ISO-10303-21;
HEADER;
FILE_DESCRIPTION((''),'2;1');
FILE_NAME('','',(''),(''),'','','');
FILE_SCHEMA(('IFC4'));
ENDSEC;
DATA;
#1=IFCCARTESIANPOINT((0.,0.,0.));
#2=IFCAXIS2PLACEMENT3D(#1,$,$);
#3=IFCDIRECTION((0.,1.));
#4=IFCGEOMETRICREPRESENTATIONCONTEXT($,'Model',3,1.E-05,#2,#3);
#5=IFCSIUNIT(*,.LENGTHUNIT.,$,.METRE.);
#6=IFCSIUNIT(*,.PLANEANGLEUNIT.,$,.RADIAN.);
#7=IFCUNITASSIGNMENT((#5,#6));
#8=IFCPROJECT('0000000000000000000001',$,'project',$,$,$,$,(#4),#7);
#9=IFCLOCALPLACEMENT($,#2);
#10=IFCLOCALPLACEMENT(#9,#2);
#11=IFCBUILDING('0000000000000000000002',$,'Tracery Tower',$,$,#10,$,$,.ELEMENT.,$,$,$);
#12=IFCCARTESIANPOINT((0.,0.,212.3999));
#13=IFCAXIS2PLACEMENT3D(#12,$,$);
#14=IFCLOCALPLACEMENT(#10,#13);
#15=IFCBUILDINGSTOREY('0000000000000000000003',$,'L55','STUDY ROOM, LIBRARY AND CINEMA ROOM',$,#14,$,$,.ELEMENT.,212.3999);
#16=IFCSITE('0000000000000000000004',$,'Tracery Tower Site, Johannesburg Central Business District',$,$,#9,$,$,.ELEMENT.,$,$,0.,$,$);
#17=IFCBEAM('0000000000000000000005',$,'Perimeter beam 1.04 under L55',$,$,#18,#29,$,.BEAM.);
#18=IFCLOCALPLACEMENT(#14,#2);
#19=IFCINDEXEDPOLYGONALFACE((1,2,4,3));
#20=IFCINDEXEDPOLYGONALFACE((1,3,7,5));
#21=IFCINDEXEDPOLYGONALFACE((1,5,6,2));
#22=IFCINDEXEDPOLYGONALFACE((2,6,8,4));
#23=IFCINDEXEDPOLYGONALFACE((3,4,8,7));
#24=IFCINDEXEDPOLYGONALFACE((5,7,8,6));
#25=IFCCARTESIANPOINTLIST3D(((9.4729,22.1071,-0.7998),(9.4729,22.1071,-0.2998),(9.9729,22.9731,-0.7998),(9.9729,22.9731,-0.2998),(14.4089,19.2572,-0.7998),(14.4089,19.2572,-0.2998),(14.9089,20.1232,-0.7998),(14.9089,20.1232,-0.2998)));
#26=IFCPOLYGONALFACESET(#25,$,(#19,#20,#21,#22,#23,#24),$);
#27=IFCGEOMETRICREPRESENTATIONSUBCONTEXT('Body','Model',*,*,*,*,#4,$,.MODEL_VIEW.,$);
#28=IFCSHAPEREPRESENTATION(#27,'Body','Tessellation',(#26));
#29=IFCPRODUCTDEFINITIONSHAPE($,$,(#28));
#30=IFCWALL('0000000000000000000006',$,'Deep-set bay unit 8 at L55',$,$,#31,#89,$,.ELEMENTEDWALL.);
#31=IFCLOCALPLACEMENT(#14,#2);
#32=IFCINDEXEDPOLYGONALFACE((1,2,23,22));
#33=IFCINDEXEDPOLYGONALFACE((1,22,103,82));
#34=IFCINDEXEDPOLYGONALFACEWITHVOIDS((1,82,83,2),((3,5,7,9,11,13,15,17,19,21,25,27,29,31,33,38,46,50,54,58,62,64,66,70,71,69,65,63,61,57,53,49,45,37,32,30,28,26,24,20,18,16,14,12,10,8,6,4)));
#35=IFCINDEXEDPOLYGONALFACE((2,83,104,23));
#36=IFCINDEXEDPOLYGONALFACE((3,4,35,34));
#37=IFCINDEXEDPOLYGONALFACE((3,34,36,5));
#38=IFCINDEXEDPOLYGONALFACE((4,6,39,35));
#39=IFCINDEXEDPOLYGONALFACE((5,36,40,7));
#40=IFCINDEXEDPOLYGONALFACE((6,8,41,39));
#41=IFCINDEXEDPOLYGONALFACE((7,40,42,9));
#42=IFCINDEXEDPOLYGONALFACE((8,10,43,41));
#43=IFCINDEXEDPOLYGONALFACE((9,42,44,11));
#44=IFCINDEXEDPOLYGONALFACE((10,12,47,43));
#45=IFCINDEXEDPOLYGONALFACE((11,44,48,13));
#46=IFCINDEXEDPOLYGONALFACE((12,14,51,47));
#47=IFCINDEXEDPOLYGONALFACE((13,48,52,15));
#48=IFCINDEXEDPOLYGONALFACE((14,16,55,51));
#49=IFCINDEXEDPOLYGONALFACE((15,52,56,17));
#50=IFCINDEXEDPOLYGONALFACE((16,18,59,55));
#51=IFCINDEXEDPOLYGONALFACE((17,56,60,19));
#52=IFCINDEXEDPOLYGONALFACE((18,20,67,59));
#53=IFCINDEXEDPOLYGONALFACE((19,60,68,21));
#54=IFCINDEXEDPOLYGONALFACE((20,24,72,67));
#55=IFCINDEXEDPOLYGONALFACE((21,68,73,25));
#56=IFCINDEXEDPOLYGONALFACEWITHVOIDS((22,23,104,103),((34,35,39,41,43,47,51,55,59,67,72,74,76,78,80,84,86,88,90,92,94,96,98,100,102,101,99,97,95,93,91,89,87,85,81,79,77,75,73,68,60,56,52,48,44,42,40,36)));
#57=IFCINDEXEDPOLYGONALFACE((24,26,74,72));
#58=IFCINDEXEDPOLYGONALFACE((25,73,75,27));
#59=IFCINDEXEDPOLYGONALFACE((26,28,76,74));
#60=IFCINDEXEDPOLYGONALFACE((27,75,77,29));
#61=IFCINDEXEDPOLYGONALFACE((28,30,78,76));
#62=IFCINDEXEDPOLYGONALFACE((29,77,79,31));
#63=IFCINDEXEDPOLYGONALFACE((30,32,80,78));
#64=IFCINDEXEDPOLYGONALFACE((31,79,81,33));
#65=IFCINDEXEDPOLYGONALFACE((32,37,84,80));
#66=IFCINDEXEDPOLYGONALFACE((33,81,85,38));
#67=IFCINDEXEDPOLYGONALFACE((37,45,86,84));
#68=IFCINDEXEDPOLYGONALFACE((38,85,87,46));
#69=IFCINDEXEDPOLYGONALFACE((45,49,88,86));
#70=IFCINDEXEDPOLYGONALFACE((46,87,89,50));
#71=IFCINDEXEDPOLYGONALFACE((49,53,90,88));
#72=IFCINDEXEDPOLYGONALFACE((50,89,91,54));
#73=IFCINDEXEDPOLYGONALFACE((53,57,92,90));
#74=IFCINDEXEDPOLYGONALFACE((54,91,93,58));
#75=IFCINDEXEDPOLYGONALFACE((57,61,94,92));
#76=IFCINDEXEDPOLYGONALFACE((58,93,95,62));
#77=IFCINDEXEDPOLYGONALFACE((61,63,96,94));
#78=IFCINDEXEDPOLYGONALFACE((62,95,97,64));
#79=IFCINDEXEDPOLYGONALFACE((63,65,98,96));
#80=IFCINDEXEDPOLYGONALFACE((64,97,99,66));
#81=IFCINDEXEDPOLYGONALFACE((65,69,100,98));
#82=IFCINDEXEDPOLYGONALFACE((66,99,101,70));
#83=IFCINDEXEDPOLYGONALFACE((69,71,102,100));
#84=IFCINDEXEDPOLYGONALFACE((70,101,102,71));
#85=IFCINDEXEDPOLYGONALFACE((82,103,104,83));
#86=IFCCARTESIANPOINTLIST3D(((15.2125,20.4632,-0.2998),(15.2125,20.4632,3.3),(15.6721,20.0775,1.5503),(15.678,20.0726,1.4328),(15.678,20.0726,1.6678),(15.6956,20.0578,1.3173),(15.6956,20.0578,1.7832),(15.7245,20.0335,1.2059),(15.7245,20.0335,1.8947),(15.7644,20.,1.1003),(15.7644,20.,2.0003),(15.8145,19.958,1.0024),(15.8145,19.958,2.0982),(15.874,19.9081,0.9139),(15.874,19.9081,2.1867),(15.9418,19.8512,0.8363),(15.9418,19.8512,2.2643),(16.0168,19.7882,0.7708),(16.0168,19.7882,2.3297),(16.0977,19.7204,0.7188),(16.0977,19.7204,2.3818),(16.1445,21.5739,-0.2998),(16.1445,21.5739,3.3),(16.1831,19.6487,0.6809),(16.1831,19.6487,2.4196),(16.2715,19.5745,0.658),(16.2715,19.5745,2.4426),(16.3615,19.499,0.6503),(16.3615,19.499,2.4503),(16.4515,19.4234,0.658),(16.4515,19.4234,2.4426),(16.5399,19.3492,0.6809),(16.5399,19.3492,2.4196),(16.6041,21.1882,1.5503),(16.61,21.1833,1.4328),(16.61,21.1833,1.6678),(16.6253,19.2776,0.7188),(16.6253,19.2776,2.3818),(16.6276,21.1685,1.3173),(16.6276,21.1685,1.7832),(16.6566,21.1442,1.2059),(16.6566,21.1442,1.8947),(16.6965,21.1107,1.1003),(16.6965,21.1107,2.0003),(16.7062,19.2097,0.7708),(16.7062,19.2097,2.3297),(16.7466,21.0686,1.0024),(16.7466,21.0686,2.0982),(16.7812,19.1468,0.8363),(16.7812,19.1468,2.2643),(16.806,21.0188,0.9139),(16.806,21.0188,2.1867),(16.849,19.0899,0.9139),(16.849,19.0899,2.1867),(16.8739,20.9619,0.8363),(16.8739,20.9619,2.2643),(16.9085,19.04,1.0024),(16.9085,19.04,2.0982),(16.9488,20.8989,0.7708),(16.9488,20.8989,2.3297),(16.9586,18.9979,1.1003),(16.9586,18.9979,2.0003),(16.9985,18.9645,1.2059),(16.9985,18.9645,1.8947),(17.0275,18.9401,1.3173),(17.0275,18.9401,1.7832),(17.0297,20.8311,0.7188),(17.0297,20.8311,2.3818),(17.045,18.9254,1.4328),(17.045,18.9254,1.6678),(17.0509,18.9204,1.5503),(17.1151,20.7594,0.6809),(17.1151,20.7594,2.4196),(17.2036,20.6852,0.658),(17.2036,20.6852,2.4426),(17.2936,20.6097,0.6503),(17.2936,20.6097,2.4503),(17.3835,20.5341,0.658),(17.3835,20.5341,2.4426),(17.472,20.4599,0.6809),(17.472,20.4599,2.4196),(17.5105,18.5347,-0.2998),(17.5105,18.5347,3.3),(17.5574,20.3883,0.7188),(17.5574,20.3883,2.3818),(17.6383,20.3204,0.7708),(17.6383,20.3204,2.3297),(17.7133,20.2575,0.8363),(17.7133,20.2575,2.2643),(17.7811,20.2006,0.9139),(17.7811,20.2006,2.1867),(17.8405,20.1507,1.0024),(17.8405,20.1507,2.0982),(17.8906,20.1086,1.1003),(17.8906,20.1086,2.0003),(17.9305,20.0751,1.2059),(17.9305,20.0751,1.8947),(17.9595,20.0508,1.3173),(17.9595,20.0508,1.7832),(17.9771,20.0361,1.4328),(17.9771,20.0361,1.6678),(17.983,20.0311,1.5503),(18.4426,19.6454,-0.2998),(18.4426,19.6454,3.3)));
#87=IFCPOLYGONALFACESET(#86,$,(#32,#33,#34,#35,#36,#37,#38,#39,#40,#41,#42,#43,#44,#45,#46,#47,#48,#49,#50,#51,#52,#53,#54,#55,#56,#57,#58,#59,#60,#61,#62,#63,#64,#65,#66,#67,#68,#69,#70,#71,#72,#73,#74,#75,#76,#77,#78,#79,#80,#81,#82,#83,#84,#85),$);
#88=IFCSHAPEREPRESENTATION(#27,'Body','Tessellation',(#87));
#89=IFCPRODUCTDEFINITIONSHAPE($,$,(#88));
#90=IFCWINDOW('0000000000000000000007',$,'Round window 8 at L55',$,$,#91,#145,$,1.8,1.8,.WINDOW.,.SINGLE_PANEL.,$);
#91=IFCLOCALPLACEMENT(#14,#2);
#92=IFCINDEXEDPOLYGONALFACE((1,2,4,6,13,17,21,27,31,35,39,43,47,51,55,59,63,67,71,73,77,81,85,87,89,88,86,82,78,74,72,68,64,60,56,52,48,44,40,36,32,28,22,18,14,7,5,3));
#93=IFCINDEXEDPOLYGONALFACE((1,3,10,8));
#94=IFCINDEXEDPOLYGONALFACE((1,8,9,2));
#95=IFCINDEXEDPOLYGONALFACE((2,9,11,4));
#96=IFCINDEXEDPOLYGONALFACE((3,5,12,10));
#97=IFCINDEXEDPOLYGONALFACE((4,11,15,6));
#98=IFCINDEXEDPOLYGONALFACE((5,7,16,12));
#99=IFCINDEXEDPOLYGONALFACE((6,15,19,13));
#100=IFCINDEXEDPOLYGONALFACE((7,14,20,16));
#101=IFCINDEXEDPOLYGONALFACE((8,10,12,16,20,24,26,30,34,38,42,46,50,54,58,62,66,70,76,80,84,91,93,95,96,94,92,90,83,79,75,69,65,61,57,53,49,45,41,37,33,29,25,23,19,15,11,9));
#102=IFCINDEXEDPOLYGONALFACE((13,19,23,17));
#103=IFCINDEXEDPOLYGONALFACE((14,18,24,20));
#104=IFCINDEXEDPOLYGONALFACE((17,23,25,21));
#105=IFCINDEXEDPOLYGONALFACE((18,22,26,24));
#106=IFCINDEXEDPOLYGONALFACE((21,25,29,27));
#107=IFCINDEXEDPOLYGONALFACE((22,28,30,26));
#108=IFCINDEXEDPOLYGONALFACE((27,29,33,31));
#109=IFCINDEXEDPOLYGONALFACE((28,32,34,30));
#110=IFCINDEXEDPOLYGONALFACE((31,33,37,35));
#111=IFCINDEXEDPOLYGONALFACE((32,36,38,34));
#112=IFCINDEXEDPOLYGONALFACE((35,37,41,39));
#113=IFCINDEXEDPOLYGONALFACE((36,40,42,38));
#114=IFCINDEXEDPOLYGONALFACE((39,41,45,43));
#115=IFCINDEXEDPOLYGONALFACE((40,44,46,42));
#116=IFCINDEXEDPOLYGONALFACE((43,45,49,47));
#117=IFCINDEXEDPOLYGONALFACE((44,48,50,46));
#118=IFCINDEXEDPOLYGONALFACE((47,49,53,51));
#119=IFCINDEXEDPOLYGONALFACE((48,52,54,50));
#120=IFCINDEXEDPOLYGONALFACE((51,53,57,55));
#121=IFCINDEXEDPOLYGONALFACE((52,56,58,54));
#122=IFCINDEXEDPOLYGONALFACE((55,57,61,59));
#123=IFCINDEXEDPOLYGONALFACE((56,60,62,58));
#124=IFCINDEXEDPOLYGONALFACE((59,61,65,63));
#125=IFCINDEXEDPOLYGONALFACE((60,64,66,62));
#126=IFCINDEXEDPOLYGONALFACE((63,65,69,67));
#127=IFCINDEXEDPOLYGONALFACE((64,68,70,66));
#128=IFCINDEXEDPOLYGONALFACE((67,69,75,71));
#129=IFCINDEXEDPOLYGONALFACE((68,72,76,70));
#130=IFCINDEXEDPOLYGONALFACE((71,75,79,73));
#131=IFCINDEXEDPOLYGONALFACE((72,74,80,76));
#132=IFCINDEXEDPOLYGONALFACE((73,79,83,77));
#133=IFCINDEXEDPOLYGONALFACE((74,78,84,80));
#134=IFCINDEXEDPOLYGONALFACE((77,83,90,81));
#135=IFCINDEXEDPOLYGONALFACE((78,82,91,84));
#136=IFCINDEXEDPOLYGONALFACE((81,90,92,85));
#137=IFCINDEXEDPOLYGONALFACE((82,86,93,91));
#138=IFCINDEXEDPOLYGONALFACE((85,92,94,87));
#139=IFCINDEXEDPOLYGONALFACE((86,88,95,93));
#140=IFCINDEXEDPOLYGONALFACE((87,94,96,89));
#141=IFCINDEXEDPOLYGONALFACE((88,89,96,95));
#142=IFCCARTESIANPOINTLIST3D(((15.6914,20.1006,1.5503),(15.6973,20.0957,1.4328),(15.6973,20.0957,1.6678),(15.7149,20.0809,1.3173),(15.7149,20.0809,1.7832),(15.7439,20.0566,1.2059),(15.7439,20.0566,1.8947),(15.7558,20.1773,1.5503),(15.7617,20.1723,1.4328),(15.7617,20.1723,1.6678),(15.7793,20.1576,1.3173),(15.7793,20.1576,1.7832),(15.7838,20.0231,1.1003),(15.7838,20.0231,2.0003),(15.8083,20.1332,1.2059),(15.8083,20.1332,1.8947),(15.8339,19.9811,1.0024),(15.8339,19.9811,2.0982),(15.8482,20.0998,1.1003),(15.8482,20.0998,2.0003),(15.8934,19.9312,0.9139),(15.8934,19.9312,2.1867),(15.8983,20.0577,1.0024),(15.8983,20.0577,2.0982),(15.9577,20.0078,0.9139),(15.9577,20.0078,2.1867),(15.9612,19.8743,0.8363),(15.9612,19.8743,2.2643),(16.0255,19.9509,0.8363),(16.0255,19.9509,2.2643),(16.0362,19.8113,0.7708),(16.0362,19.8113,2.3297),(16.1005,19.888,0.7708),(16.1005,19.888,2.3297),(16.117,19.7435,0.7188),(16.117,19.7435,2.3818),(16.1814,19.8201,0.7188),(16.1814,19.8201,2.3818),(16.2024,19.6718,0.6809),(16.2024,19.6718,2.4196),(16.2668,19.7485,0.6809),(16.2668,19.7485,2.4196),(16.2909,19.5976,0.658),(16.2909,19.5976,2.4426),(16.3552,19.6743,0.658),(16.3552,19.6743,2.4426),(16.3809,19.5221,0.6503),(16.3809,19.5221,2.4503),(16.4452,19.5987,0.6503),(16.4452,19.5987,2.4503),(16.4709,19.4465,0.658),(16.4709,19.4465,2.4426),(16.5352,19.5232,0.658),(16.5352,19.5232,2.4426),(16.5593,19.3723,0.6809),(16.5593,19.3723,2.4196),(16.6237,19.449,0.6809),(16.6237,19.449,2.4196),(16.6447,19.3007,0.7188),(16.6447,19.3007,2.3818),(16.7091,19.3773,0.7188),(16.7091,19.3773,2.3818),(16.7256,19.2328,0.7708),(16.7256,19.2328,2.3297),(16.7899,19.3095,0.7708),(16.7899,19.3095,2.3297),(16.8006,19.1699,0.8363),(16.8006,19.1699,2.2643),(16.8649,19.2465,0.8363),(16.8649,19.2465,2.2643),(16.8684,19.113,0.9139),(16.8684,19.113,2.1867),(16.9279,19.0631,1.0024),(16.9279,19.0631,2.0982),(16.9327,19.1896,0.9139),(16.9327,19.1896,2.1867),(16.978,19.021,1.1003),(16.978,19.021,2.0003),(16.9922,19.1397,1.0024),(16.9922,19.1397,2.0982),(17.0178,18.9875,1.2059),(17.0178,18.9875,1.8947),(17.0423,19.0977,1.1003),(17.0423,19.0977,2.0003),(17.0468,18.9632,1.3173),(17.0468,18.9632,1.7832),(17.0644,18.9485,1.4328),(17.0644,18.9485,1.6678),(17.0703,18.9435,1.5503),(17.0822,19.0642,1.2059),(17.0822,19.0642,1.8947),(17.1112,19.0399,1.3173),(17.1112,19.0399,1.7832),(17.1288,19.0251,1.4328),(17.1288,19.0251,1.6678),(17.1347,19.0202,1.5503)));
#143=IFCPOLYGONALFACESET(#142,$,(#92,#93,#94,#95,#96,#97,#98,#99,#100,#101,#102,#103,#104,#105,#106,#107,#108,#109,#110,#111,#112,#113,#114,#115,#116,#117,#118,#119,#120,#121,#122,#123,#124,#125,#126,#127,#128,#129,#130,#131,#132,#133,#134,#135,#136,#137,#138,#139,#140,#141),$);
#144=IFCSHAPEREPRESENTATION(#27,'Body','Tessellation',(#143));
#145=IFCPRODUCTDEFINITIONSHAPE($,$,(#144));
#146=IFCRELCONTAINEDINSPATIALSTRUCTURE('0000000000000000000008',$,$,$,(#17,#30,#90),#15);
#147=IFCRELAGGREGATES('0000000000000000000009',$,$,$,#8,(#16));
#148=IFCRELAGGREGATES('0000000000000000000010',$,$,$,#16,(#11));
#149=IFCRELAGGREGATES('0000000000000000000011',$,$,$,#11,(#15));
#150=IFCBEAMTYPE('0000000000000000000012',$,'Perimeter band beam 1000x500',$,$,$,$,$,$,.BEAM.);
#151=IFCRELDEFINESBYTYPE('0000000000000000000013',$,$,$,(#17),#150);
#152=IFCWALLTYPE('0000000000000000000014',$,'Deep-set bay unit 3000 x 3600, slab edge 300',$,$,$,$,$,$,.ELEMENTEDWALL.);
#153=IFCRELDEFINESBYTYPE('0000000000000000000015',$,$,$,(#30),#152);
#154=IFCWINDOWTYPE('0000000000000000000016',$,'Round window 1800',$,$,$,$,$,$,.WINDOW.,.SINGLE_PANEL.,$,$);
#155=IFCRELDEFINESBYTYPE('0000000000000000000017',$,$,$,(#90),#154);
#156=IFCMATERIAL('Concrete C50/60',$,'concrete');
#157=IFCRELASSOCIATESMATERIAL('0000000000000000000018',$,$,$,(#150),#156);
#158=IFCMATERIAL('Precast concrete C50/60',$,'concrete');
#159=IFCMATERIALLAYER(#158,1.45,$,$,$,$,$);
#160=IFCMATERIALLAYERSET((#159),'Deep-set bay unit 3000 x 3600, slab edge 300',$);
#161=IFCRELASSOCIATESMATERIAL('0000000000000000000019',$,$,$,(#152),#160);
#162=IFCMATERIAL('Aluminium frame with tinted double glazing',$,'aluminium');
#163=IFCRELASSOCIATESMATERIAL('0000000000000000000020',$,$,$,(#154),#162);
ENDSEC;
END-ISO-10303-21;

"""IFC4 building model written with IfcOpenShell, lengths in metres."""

from ifc_helpers import new_model, si_unit, direction, frame, frame_2d, origin, origin_2d, place, context, subcontext, project, spatial, rectangle, circle, extrude, material, layer, layer_set, material_profile, profile_set, type_object, element, fill, save


model = new_model("IFC4")

# Units and contexts
model_context = context("Model", 3, precision=1e-05, world=origin(), true_north=direction((0.0, 1.0)))
body_context = subcontext(model_context, "Body", "Model", "MODEL_VIEW")
ifc_project = project(units=[si_unit("LENGTHUNIT", "METRE"), si_unit("PLANEANGLEUNIT", "RADIAN")], contexts=[model_context])

# Site, building, storey
site_placement = place(None, origin())
site = spatial("IfcSite", under=ifc_project, at=site_placement, Name="Tracery Tower Site, Johannesburg Central Business District", CompositionType="ELEMENT", RefElevation=0.0)
building_placement = place(site_placement, origin())
building = spatial("IfcBuilding", under=site, at=building_placement, Name="Tracery Tower", CompositionType="ELEMENT")
storey_placement = place(building_placement, frame((0.0, 0.0, 212.3999)))
storey = spatial("IfcBuildingStorey", under=building, at=storey_placement, Name="L55", Description="STUDY ROOM, LIBRARY AND CINEMA ROOM", CompositionType="ELEMENT", Elevation=212.3999)

# Beam
ifc_material_1 = material(Name="Concrete C50/60", Category="concrete")
ifc_material_profile_1 = material_profile(ifc_material_1, rectangle(XDim=1.0, YDim=0.5, at=origin_2d()), Name="RC 1000x500")
ifc_profile_set_1 = profile_set([ifc_material_profile_1], Name="Concrete C50/60")
beam_type_1 = type_object("IfcBeamType", Name="Perimeter band beam 1000x500", PredefinedType="BEAM", material=ifc_profile_set_1)
beam_1_placement = place(storey_placement, frame((14.6589, 19.6902, -0.5498), z_axis=(-0.866023, 0.500004, 0.0), x_axis=(-0.500004, -0.866023, 0.0)))
element("IfcBeam", 1, at=beam_1_placement, inside=storey, type_object=beam_type_1, Name="Perimeter beam 1.04 under L55", PredefinedType="BEAM", context=body_context, shape_type="SweptSolid", body=[
    extrude(rectangle(XDim=1.0, YDim=0.5, at=origin_2d()), origin(), (0.0, 0.0, 1.0), 5.6997),
])

# Wall, opening, window
ifc_material_2 = material(Name="Precast concrete C50/60", Category="concrete")
ifc_layer_1 = layer(ifc_material_2, 1.45)
ifc_layer_set_1 = layer_set([ifc_layer_1], Name="Deep-set bay unit 3000 x 3600, slab edge 300")
wall_type_1 = type_object("IfcWallType", Name="Deep-set bay unit 3000 x 3600, slab edge 300", PredefinedType="ELEMENTEDWALL", material=ifc_layer_set_1)
wall_1_placement = place(storey_placement, frame((17.9766, 19.0901, -0.2998), z_axis=(0.0, 0.0, 1.0), x_axis=(-0.766022, 0.642814, 0.0)))
wall_1 = element("IfcWall", 2, at=wall_1_placement, inside=storey, type_object=wall_type_1, Name="Deep-set bay unit 8 at L55", PredefinedType="ELEMENTEDWALL", context=body_context, shape_type="SweptSolid", body=[
    extrude(rectangle(XDim=3.0, YDim=1.45, at=frame_2d((1.5, 0.0))), origin(), (0.0, 0.0, 1.0), 3.5999),
])
opening_1_placement = place(wall_1_placement, frame((1.5, 0.0, 1.8501)))
opening_1 = element("IfcOpeningElement", 3, at=opening_1_placement, cuts=wall_1, PredefinedType="OPENING", context=body_context, shape_type="SweptSolid", body=[
    extrude(circle(Radius=0.9, at=origin_2d()), frame((0.0, 0.7349, 0.0), z_axis=(0.0, -1.0, 0.0), x_axis=(1.0, 0.0, 0.0)), (0.0, 0.0, 1.0), 1.47),
])
ifc_material_3 = material(Name="Aluminium frame with tinted double glazing", Category="aluminium")
window_type = type_object("IfcWindowType", Name="Round window 1800", PartitioningType="SINGLE_PANEL", PredefinedType="WINDOW", material=ifc_material_3)
window_1_placement = place(opening_1_placement, origin())
window_1 = element("IfcWindow", 4, at=window_1_placement, inside=storey, type_object=window_type, Name="Round window 8 at L55", OverallHeight=1.8, OverallWidth=1.8, PartitioningType="SINGLE_PANEL", PredefinedType="WINDOW", context=body_context, shape_type="SweptSolid", body=[
    extrude(circle(Radius=0.9, at=origin_2d()), frame((0.0, 0.6948, 0.0), z_axis=(0.0, -1.0, 0.0), x_axis=(1.0, 0.0, 0.0)), (0.0, 0.0, 1.0), 0.1001),
])
fill(opening_1, window_1)

save(model, "model.ifc")
